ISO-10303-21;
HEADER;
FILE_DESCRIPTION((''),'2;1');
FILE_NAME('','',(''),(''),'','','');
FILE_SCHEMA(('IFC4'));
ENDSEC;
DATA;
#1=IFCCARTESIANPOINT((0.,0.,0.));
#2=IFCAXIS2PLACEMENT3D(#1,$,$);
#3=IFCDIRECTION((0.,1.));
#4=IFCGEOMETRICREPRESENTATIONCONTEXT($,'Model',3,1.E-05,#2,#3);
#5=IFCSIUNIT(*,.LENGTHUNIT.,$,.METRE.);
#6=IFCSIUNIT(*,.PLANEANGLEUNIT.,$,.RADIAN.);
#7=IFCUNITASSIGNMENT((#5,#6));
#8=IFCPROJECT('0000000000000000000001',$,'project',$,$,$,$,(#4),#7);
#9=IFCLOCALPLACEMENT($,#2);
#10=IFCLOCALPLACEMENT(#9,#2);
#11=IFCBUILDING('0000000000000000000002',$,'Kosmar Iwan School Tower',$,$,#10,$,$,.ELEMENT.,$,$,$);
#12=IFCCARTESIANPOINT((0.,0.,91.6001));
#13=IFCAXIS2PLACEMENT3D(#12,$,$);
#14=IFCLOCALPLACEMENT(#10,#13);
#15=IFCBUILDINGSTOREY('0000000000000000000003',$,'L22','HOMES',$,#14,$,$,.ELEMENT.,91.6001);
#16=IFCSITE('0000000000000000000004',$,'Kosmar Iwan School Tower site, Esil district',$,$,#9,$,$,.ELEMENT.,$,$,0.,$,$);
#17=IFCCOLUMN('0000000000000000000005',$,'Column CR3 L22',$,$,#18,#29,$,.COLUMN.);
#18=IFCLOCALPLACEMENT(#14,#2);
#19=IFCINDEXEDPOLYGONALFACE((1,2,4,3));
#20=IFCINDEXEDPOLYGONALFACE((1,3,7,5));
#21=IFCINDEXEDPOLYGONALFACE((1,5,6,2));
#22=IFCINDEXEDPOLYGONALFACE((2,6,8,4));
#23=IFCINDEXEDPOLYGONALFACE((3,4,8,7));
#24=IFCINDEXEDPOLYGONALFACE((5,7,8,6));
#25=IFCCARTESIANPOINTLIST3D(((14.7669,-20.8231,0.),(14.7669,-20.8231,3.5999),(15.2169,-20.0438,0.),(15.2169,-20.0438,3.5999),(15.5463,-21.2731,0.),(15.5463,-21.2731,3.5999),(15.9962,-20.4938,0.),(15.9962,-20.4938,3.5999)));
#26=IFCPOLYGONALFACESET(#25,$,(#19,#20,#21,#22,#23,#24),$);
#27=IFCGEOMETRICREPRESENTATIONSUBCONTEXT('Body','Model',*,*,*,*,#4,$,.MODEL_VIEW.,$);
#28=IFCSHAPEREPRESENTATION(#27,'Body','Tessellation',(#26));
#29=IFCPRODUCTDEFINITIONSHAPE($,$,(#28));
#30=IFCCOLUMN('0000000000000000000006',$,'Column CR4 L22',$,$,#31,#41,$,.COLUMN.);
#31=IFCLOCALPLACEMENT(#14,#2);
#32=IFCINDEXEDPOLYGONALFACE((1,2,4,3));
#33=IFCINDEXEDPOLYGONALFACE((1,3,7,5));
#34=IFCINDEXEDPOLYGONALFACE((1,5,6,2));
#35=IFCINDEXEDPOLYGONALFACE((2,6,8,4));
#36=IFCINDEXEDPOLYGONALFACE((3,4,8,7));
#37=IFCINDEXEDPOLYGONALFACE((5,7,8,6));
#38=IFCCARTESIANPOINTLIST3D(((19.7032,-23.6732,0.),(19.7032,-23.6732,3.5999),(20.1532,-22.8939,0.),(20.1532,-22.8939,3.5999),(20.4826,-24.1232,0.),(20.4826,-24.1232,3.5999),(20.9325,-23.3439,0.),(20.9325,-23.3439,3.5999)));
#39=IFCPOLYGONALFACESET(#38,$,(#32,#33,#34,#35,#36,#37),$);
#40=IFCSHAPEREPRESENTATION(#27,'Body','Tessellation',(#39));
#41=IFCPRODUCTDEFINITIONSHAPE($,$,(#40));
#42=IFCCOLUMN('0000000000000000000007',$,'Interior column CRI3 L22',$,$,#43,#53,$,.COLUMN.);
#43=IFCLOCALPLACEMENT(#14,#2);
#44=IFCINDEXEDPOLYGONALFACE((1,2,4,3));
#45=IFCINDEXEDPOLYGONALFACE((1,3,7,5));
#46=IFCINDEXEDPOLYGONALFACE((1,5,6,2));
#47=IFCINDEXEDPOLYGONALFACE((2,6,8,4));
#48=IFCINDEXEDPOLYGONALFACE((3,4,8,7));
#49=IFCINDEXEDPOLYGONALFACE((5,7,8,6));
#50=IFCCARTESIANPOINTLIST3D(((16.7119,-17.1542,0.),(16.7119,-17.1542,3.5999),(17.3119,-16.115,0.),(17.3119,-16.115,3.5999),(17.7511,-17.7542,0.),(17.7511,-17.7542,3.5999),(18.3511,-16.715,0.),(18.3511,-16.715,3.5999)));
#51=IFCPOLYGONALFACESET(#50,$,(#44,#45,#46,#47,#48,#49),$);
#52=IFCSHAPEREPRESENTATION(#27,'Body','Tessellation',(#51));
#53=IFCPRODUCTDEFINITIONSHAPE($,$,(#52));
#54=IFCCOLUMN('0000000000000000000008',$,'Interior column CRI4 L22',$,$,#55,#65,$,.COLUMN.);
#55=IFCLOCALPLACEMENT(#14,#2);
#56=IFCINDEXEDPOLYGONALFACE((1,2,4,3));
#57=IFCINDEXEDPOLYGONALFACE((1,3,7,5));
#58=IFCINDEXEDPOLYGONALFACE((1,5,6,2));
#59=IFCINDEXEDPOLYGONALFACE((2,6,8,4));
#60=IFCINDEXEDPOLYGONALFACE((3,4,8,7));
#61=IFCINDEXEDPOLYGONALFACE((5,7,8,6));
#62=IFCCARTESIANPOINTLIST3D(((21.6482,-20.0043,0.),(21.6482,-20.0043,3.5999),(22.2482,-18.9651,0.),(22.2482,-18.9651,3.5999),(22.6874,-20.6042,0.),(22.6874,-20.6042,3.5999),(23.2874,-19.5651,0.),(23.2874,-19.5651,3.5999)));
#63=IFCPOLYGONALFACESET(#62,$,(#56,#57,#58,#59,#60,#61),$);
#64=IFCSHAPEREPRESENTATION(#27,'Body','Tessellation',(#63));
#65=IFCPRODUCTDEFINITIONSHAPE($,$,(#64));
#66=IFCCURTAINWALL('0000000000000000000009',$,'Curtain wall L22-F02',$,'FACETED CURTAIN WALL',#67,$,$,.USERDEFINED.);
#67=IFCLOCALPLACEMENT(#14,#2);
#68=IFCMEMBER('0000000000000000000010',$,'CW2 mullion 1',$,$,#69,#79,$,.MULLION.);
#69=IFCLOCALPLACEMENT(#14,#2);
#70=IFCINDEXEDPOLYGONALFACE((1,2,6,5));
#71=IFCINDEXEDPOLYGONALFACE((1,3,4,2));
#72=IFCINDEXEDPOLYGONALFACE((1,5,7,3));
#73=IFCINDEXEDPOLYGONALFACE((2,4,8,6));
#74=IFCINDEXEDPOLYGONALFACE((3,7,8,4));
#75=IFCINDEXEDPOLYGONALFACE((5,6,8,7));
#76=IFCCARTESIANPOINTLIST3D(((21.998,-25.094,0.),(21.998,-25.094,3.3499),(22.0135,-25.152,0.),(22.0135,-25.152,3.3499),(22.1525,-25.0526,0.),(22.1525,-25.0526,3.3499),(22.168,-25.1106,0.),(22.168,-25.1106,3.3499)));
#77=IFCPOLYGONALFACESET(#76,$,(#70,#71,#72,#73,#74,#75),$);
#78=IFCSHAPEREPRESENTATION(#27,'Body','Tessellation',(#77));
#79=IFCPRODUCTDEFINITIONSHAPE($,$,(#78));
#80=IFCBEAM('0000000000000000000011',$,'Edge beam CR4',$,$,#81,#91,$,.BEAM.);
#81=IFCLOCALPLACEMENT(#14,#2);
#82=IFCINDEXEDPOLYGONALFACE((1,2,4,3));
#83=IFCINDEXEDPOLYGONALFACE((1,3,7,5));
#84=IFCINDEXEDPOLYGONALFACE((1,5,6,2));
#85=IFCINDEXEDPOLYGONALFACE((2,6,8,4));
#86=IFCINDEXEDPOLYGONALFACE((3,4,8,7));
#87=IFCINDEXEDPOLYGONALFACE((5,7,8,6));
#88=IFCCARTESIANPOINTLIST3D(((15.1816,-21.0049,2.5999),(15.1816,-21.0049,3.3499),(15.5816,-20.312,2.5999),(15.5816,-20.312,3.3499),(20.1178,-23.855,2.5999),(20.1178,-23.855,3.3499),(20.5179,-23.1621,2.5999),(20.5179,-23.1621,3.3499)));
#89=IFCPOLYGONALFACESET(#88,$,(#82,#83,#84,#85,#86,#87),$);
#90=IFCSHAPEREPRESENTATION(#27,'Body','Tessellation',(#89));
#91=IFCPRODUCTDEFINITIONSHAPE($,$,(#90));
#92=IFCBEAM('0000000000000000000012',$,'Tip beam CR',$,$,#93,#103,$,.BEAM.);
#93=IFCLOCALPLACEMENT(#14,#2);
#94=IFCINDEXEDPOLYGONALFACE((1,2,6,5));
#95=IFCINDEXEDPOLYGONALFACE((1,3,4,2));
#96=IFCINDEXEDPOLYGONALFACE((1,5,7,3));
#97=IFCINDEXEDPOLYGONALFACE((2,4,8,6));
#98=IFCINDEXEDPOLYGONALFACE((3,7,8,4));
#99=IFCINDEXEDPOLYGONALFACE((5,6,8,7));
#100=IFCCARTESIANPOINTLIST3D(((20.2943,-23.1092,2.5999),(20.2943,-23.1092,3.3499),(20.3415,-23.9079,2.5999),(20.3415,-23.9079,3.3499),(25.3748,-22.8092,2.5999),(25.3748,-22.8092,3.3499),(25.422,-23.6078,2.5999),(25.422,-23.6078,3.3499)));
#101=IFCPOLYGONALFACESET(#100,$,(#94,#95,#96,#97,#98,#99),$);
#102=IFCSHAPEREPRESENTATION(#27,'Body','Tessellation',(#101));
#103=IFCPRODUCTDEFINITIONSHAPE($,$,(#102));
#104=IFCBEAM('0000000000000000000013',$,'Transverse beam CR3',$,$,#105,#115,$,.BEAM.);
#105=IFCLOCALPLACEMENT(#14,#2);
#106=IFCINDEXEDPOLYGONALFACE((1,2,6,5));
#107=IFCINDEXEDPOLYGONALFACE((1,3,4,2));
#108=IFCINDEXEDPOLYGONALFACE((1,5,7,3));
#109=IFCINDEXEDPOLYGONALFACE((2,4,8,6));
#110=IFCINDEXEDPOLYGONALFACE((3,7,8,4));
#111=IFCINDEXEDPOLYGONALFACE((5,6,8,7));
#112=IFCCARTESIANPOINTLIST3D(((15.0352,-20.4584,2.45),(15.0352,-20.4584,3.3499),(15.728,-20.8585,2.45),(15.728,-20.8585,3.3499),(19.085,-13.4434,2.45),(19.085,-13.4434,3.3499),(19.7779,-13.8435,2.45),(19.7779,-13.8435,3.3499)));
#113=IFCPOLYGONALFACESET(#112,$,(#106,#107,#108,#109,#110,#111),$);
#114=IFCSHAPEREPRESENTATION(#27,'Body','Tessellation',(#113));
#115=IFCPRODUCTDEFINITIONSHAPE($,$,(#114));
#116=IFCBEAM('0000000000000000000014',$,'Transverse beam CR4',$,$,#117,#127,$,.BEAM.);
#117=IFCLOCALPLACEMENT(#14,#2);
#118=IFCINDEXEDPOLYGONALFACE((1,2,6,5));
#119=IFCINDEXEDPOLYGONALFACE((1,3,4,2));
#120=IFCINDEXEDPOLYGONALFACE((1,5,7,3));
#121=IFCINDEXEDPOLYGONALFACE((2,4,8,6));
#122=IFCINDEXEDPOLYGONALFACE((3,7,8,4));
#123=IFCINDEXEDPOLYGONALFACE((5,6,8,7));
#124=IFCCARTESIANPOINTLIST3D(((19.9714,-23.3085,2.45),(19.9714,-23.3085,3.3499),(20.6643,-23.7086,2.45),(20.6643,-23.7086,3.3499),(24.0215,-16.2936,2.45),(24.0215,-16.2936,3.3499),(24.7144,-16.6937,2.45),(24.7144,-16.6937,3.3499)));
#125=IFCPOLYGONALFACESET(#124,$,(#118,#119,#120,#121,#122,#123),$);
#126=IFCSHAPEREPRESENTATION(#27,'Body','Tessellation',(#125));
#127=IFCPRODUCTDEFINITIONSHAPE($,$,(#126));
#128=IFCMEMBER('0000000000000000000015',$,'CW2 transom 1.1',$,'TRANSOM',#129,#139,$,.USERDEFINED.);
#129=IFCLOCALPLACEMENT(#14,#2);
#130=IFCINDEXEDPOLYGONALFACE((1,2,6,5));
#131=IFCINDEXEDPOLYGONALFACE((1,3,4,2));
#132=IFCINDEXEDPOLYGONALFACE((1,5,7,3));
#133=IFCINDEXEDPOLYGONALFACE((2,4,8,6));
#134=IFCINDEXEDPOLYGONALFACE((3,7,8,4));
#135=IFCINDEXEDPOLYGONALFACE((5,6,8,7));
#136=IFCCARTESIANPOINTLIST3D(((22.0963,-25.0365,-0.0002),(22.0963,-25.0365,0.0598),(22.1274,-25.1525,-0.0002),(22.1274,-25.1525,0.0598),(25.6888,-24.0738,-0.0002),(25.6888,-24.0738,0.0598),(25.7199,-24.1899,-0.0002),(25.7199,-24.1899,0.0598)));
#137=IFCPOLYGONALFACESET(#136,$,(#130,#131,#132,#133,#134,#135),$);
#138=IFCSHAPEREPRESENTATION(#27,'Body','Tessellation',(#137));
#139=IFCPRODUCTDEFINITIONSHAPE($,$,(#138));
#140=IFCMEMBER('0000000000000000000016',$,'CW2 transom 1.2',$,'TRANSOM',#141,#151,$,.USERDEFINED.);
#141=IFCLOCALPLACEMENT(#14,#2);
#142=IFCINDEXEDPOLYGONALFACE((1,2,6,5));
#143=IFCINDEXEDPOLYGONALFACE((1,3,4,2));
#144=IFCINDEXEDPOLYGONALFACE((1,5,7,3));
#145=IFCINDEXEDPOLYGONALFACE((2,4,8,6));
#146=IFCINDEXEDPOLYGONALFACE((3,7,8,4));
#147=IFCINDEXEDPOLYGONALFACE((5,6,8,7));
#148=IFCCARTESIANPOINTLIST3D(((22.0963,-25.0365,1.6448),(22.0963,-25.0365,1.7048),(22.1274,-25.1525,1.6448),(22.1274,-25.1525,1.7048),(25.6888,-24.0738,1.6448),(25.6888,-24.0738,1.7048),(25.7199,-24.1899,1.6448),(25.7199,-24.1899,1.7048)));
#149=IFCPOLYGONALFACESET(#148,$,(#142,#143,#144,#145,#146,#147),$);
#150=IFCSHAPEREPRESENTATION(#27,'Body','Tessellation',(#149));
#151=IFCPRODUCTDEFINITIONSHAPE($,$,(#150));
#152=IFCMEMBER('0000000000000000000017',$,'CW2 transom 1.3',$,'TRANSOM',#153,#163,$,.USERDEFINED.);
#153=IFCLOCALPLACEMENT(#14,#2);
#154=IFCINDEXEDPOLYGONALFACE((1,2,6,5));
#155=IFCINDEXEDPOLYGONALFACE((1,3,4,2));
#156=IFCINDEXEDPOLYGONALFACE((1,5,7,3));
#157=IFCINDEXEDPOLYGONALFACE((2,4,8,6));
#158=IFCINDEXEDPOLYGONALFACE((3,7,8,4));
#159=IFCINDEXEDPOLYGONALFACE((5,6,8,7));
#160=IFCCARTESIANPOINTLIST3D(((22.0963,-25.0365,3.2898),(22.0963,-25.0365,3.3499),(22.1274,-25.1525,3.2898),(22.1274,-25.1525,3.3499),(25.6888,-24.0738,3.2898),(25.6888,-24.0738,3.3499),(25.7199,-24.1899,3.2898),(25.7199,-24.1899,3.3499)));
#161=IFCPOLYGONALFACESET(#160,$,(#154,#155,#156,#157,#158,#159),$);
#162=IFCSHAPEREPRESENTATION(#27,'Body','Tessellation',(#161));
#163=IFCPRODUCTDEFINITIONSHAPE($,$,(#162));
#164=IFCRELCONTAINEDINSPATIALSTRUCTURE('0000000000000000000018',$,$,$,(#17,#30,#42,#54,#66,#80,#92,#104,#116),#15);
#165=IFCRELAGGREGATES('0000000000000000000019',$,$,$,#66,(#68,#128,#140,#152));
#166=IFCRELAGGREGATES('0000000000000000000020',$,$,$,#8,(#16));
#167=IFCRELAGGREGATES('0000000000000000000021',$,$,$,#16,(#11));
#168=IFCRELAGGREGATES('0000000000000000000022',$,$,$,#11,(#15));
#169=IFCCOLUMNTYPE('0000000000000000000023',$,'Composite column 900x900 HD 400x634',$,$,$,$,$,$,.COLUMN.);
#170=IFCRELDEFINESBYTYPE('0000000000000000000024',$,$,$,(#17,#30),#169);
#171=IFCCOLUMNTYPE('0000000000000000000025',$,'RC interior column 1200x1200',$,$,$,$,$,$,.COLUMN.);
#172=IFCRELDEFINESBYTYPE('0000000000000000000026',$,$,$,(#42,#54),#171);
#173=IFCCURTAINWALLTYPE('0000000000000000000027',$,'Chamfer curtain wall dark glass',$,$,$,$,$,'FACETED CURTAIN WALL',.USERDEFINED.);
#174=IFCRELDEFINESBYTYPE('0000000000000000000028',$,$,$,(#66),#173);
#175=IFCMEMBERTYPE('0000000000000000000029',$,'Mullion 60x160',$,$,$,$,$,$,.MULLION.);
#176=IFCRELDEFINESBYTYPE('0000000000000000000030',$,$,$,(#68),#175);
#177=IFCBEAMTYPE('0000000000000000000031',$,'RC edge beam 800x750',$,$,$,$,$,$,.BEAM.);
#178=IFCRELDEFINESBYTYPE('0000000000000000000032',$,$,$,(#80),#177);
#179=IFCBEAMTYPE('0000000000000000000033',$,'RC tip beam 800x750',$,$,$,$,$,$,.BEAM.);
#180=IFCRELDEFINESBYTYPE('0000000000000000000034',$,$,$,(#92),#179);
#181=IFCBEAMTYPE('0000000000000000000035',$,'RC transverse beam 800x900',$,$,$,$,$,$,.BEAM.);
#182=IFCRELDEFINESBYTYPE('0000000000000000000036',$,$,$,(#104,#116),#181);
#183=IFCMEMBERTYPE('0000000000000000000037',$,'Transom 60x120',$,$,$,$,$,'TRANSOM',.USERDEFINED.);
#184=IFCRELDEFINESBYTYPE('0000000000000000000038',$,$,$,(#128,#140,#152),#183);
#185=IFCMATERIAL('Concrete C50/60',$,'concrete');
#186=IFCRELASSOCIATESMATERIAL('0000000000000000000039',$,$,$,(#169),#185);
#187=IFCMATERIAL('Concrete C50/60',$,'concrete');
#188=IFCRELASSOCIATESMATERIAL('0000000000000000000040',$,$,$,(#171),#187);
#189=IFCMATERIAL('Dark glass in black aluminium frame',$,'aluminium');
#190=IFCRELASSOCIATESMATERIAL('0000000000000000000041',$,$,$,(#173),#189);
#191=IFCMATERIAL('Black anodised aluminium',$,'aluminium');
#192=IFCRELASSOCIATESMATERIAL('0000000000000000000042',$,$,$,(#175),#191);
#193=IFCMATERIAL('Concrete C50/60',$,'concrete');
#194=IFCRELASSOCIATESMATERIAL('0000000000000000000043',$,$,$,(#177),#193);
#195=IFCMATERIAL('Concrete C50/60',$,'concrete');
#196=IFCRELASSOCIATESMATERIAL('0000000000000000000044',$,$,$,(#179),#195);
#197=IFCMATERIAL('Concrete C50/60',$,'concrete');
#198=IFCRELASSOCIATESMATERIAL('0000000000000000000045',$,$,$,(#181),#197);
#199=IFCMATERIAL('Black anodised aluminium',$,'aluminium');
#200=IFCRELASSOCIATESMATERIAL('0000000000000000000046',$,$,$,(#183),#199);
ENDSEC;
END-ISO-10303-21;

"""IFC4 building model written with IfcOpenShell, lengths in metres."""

from ifc_helpers import new_model, si_unit, direction, frame, origin, origin_2d, place, context, subcontext, project, spatial, rectangle, extrude, material, material_profile, profile_set, type_object, element, aggregate, save


model = new_model("IFC4")

# Units and contexts
model_context = context("Model", 3, precision=1e-05, world=origin(), true_north=direction((0.0, 1.0)))
body_context = subcontext(model_context, "Body", "Model", "MODEL_VIEW")
ifc_project = project(units=[si_unit("LENGTHUNIT", "METRE"), si_unit("PLANEANGLEUNIT", "RADIAN")], contexts=[model_context])

# Site, building, storey
site_placement = place(None, origin())
site = spatial("IfcSite", under=ifc_project, at=site_placement, Name="Kosmar Iwan School Tower site, Esil district", CompositionType="ELEMENT", RefElevation=0.0)
building_placement = place(site_placement, origin())
building = spatial("IfcBuilding", under=site, at=building_placement, Name="Kosmar Iwan School Tower", CompositionType="ELEMENT")
storey_placement = place(building_placement, frame((0.0, 0.0, 91.6001)))
storey = spatial("IfcBuildingStorey", under=building, at=storey_placement, Name="L22", Description="HOMES", CompositionType="ELEMENT", Elevation=91.6001)

# Columns
ifc_material_1 = material(Name="Concrete C50/60", Category="concrete")
ifc_material_profile_1 = material_profile(ifc_material_1, rectangle(XDim=0.8999, YDim=0.8999, at=origin_2d()), Name="RC 900x900 + HD 400x634")
ifc_profile_set_1 = profile_set([ifc_material_profile_1], Name="Concrete C50/60")
column_type_1 = type_object("IfcColumnType", Name="Composite column 900x900 HD 400x634", PredefinedType="COLUMN", material=ifc_profile_set_1)
for number, where, z_axis, x_axis, name in (
    (1, (15.3816, -20.6584, 0.0), (0.0, 0.0, 1.0), (0.866025, -0.5, 0.0), "Column CR3 L22"),
    (2, (20.3179, -23.5085, 0.0), (0.0, 0.0, 1.0), (0.866025, -0.5, 0.0), "Column CR4 L22"),
):
    element("IfcColumn", number, at=place(storey_placement, frame(where, z_axis=z_axis, x_axis=x_axis)), inside=storey, type_object=column_type_1, Name=name, PredefinedType="COLUMN", context=body_context, shape_type="SweptSolid", body=[
        extrude(rectangle(XDim=0.8999, YDim=0.8999, at=origin_2d()), origin(), (0.0, 0.0, 1.0), 3.5999),
    ])
ifc_material_2 = material(Name="Concrete C50/60", Category="concrete")
ifc_material_profile_2 = material_profile(ifc_material_2, rectangle(XDim=1.2, YDim=1.2, at=origin_2d()), Name="RC 1200x1200")
ifc_profile_set_2 = profile_set([ifc_material_profile_2], Name="Concrete C50/60")
column_type_2 = type_object("IfcColumnType", Name="RC interior column 1200x1200", PredefinedType="COLUMN", material=ifc_profile_set_2)
for number, where, z_axis, x_axis, name in (
    (3, (17.5315, -16.9346, 0.0), (0.0, 0.0, 1.0), (0.866025, -0.5, 0.0), "Interior column CRI3 L22"),
    (4, (22.4678, -19.7847, 0.0), (0.0, 0.0, 1.0), (0.866025, -0.5, 0.0), "Interior column CRI4 L22"),
):
    element("IfcColumn", number, at=place(storey_placement, frame(where, z_axis=z_axis, x_axis=x_axis)), inside=storey, type_object=column_type_2, Name=name, PredefinedType="COLUMN", context=body_context, shape_type="SweptSolid", body=[
        extrude(rectangle(XDim=1.2, YDim=1.2, at=origin_2d()), origin(), (0.0, 0.0, 1.0), 3.5999),
    ])

# Curtain wall, member
ifc_material_3 = material(Name="Dark glass in black aluminium frame", Category="aluminium")
curtain_wall_type = type_object("IfcCurtainWallType", Name="Chamfer curtain wall dark glass", ElementType="FACETED CURTAIN WALL", PredefinedType="USERDEFINED", material=ifc_material_3)
curtain_wall_placement = place(storey_placement, origin())
curtain_wall = element("IfcCurtainWall", 5, at=curtain_wall_placement, inside=storey, type_object=curtain_wall_type, Name="Curtain wall L22-F02", ObjectType="FACETED CURTAIN WALL", PredefinedType="USERDEFINED")
ifc_material_4 = material(Name="Black anodised aluminium", Category="aluminium")
ifc_material_profile_3 = material_profile(ifc_material_4, rectangle(XDim=0.0601, YDim=0.1599, at=origin_2d()), Name="MULLION 60x160")
ifc_profile_set_3 = profile_set([ifc_material_profile_3], Name="Black anodised aluminium")
member_type_1 = type_object("IfcMemberType", Name="Mullion 60x160", PredefinedType="MULLION", material=ifc_profile_set_3)
member_1_placement = place(storey_placement, frame((22.083, -25.1023, 0.0), z_axis=(0.0, 0.0, 1.0), x_axis=(-0.258819, 0.965926, 0.0)))
member_1 = element("IfcMember", 6, at=member_1_placement, type_object=member_type_1, Name="CW2 mullion 1", PredefinedType="MULLION", context=body_context, shape_type="SweptSolid", body=[
    extrude(rectangle(XDim=0.0601, YDim=0.1599, at=origin_2d()), origin(), (0.0, 0.0, 1.0), 3.3499),
])

# Beams
ifc_material_5 = material(Name="Concrete C50/60", Category="concrete")
ifc_material_profile_4 = material_profile(ifc_material_5, rectangle(XDim=0.8, YDim=0.75, at=origin_2d()), Name="RC 800x750")
ifc_profile_set_4 = profile_set([ifc_material_profile_4], Name="Concrete C50/60")
beam_type_1 = type_object("IfcBeamType", Name="RC edge beam 800x750", PredefinedType="BEAM", material=ifc_profile_set_4)
beam_1_placement = place(storey_placement, frame((15.3816, -20.6584, 2.9749), z_axis=(0.866015, -0.500018, 0.0), x_axis=(0.500018, 0.866015, 0.0)))
element("IfcBeam", 7, at=beam_1_placement, inside=storey, type_object=beam_type_1, Name="Edge beam CR4", PredefinedType="BEAM", context=body_context, shape_type="SweptSolid", body=[
    extrude(rectangle(XDim=0.8, YDim=0.75, at=origin_2d()), origin(), (0.0, 0.0, 1.0), 5.7),
])
ifc_material_6 = material(Name="Concrete C50/60", Category="concrete")
ifc_material_profile_5 = material_profile(ifc_material_6, rectangle(XDim=0.8, YDim=0.75, at=origin_2d()), Name="RC 800x750")
ifc_profile_set_5 = profile_set([ifc_material_profile_5], Name="Concrete C50/60")
beam_type_2 = type_object("IfcBeamType", Name="RC tip beam 800x750", PredefinedType="BEAM", material=ifc_profile_set_5)
beam_2_placement = place(storey_placement, frame((20.3179, -23.5085, 2.9749), z_axis=(0.998261, 0.058955, 0.0), x_axis=(-0.058955, 0.998261, 0.0)))
element("IfcBeam", 8, at=beam_2_placement, inside=storey, type_object=beam_type_2, Name="Tip beam CR", PredefinedType="BEAM", context=body_context, shape_type="SweptSolid", body=[
    extrude(rectangle(XDim=0.8, YDim=0.75, at=origin_2d()), origin(), (0.0, 0.0, 1.0), 5.0894),
])
ifc_material_7 = material(Name="Concrete C50/60", Category="concrete")
ifc_material_profile_6 = material_profile(ifc_material_7, rectangle(XDim=0.8, YDim=0.8999, at=origin_2d()), Name="RC 800x900")
ifc_profile_set_6 = profile_set([ifc_material_profile_6], Name="Concrete C50/60")
beam_type_3 = type_object("IfcBeamType", Name="RC transverse beam 800x900", PredefinedType="BEAM", material=ifc_profile_set_6)
for number, where, z_axis, x_axis, name in (
    (9, (15.3816, -20.6584, 2.8999), (0.499977, 0.866039, 0.0), (-0.866039, 0.499977, 0.0), "Transverse beam CR3"),
    (10, (20.3179, -23.5085, 2.8999), (0.5, 0.866025, 0.0), (-0.866025, 0.5, 0.0), "Transverse beam CR4"),
):
    element("IfcBeam", number, at=place(storey_placement, frame(where, z_axis=z_axis, x_axis=x_axis)), inside=storey, type_object=beam_type_3, Name=name, PredefinedType="BEAM", context=body_context, shape_type="SweptSolid", body=[
        extrude(rectangle(XDim=0.8, YDim=0.8999, at=origin_2d()), origin(), (0.0, 0.0, 1.0), 8.1001),
    ])

# Members
ifc_material_8 = material(Name="Black anodised aluminium", Category="aluminium")
ifc_material_profile_7 = material_profile(ifc_material_8, rectangle(XDim=0.1201, YDim=0.0601, at=origin_2d()), Name="TRANSOM 60x120")
ifc_profile_set_7 = profile_set([ifc_material_profile_7], Name="Black anodised aluminium")
member_type_2 = type_object("IfcMemberType", Name="Transom 60x120", ElementType="TRANSOM", PredefinedType="USERDEFINED", material=ifc_profile_set_7)
member_2_placement = place(storey_placement, frame((22.1118, -25.0945, 0.0298), z_axis=(0.965924, 0.258827, 0.0), x_axis=(-0.258827, 0.965924, 0.0)))
member_2 = element("IfcMember", 11, at=member_2_placement, type_object=member_type_2, Name="CW2 transom 1.1", ObjectType="TRANSOM", PredefinedType="USERDEFINED", context=body_context, shape_type="SweptSolid", body=[
    extrude(rectangle(XDim=0.1201, YDim=0.0601, at=origin_2d()), origin(), (0.0, 0.0, 1.0), 3.7192),
])
member_3_placement = place(storey_placement, frame((22.1118, -25.0945, 1.6748), z_axis=(0.965924, 0.258827, 0.0), x_axis=(-0.258827, 0.965924, 0.0)))
member_3 = element("IfcMember", 12, at=member_3_placement, type_object=member_type_2, Name="CW2 transom 1.2", ObjectType="TRANSOM", PredefinedType="USERDEFINED", context=body_context, shape_type="SweptSolid", body=[
    extrude(rectangle(XDim=0.1201, YDim=0.0601, at=origin_2d()), origin(), (0.0, 0.0, 1.0), 3.7192),
])
member_4_placement = place(storey_placement, frame((22.1118, -25.0945, 3.3198), z_axis=(0.965924, 0.258827, 0.0), x_axis=(-0.258827, 0.965924, 0.0)))
member_4 = element("IfcMember", 13, at=member_4_placement, type_object=member_type_2, Name="CW2 transom 1.3", ObjectType="TRANSOM", PredefinedType="USERDEFINED", context=body_context, shape_type="SweptSolid", body=[
    extrude(rectangle(XDim=0.1201, YDim=0.0601, at=origin_2d()), origin(), (0.0, 0.0, 1.0), 3.7192),
])
aggregate(curtain_wall, [member_1, member_2, member_3, member_4])

save(model, "model.ifc")
